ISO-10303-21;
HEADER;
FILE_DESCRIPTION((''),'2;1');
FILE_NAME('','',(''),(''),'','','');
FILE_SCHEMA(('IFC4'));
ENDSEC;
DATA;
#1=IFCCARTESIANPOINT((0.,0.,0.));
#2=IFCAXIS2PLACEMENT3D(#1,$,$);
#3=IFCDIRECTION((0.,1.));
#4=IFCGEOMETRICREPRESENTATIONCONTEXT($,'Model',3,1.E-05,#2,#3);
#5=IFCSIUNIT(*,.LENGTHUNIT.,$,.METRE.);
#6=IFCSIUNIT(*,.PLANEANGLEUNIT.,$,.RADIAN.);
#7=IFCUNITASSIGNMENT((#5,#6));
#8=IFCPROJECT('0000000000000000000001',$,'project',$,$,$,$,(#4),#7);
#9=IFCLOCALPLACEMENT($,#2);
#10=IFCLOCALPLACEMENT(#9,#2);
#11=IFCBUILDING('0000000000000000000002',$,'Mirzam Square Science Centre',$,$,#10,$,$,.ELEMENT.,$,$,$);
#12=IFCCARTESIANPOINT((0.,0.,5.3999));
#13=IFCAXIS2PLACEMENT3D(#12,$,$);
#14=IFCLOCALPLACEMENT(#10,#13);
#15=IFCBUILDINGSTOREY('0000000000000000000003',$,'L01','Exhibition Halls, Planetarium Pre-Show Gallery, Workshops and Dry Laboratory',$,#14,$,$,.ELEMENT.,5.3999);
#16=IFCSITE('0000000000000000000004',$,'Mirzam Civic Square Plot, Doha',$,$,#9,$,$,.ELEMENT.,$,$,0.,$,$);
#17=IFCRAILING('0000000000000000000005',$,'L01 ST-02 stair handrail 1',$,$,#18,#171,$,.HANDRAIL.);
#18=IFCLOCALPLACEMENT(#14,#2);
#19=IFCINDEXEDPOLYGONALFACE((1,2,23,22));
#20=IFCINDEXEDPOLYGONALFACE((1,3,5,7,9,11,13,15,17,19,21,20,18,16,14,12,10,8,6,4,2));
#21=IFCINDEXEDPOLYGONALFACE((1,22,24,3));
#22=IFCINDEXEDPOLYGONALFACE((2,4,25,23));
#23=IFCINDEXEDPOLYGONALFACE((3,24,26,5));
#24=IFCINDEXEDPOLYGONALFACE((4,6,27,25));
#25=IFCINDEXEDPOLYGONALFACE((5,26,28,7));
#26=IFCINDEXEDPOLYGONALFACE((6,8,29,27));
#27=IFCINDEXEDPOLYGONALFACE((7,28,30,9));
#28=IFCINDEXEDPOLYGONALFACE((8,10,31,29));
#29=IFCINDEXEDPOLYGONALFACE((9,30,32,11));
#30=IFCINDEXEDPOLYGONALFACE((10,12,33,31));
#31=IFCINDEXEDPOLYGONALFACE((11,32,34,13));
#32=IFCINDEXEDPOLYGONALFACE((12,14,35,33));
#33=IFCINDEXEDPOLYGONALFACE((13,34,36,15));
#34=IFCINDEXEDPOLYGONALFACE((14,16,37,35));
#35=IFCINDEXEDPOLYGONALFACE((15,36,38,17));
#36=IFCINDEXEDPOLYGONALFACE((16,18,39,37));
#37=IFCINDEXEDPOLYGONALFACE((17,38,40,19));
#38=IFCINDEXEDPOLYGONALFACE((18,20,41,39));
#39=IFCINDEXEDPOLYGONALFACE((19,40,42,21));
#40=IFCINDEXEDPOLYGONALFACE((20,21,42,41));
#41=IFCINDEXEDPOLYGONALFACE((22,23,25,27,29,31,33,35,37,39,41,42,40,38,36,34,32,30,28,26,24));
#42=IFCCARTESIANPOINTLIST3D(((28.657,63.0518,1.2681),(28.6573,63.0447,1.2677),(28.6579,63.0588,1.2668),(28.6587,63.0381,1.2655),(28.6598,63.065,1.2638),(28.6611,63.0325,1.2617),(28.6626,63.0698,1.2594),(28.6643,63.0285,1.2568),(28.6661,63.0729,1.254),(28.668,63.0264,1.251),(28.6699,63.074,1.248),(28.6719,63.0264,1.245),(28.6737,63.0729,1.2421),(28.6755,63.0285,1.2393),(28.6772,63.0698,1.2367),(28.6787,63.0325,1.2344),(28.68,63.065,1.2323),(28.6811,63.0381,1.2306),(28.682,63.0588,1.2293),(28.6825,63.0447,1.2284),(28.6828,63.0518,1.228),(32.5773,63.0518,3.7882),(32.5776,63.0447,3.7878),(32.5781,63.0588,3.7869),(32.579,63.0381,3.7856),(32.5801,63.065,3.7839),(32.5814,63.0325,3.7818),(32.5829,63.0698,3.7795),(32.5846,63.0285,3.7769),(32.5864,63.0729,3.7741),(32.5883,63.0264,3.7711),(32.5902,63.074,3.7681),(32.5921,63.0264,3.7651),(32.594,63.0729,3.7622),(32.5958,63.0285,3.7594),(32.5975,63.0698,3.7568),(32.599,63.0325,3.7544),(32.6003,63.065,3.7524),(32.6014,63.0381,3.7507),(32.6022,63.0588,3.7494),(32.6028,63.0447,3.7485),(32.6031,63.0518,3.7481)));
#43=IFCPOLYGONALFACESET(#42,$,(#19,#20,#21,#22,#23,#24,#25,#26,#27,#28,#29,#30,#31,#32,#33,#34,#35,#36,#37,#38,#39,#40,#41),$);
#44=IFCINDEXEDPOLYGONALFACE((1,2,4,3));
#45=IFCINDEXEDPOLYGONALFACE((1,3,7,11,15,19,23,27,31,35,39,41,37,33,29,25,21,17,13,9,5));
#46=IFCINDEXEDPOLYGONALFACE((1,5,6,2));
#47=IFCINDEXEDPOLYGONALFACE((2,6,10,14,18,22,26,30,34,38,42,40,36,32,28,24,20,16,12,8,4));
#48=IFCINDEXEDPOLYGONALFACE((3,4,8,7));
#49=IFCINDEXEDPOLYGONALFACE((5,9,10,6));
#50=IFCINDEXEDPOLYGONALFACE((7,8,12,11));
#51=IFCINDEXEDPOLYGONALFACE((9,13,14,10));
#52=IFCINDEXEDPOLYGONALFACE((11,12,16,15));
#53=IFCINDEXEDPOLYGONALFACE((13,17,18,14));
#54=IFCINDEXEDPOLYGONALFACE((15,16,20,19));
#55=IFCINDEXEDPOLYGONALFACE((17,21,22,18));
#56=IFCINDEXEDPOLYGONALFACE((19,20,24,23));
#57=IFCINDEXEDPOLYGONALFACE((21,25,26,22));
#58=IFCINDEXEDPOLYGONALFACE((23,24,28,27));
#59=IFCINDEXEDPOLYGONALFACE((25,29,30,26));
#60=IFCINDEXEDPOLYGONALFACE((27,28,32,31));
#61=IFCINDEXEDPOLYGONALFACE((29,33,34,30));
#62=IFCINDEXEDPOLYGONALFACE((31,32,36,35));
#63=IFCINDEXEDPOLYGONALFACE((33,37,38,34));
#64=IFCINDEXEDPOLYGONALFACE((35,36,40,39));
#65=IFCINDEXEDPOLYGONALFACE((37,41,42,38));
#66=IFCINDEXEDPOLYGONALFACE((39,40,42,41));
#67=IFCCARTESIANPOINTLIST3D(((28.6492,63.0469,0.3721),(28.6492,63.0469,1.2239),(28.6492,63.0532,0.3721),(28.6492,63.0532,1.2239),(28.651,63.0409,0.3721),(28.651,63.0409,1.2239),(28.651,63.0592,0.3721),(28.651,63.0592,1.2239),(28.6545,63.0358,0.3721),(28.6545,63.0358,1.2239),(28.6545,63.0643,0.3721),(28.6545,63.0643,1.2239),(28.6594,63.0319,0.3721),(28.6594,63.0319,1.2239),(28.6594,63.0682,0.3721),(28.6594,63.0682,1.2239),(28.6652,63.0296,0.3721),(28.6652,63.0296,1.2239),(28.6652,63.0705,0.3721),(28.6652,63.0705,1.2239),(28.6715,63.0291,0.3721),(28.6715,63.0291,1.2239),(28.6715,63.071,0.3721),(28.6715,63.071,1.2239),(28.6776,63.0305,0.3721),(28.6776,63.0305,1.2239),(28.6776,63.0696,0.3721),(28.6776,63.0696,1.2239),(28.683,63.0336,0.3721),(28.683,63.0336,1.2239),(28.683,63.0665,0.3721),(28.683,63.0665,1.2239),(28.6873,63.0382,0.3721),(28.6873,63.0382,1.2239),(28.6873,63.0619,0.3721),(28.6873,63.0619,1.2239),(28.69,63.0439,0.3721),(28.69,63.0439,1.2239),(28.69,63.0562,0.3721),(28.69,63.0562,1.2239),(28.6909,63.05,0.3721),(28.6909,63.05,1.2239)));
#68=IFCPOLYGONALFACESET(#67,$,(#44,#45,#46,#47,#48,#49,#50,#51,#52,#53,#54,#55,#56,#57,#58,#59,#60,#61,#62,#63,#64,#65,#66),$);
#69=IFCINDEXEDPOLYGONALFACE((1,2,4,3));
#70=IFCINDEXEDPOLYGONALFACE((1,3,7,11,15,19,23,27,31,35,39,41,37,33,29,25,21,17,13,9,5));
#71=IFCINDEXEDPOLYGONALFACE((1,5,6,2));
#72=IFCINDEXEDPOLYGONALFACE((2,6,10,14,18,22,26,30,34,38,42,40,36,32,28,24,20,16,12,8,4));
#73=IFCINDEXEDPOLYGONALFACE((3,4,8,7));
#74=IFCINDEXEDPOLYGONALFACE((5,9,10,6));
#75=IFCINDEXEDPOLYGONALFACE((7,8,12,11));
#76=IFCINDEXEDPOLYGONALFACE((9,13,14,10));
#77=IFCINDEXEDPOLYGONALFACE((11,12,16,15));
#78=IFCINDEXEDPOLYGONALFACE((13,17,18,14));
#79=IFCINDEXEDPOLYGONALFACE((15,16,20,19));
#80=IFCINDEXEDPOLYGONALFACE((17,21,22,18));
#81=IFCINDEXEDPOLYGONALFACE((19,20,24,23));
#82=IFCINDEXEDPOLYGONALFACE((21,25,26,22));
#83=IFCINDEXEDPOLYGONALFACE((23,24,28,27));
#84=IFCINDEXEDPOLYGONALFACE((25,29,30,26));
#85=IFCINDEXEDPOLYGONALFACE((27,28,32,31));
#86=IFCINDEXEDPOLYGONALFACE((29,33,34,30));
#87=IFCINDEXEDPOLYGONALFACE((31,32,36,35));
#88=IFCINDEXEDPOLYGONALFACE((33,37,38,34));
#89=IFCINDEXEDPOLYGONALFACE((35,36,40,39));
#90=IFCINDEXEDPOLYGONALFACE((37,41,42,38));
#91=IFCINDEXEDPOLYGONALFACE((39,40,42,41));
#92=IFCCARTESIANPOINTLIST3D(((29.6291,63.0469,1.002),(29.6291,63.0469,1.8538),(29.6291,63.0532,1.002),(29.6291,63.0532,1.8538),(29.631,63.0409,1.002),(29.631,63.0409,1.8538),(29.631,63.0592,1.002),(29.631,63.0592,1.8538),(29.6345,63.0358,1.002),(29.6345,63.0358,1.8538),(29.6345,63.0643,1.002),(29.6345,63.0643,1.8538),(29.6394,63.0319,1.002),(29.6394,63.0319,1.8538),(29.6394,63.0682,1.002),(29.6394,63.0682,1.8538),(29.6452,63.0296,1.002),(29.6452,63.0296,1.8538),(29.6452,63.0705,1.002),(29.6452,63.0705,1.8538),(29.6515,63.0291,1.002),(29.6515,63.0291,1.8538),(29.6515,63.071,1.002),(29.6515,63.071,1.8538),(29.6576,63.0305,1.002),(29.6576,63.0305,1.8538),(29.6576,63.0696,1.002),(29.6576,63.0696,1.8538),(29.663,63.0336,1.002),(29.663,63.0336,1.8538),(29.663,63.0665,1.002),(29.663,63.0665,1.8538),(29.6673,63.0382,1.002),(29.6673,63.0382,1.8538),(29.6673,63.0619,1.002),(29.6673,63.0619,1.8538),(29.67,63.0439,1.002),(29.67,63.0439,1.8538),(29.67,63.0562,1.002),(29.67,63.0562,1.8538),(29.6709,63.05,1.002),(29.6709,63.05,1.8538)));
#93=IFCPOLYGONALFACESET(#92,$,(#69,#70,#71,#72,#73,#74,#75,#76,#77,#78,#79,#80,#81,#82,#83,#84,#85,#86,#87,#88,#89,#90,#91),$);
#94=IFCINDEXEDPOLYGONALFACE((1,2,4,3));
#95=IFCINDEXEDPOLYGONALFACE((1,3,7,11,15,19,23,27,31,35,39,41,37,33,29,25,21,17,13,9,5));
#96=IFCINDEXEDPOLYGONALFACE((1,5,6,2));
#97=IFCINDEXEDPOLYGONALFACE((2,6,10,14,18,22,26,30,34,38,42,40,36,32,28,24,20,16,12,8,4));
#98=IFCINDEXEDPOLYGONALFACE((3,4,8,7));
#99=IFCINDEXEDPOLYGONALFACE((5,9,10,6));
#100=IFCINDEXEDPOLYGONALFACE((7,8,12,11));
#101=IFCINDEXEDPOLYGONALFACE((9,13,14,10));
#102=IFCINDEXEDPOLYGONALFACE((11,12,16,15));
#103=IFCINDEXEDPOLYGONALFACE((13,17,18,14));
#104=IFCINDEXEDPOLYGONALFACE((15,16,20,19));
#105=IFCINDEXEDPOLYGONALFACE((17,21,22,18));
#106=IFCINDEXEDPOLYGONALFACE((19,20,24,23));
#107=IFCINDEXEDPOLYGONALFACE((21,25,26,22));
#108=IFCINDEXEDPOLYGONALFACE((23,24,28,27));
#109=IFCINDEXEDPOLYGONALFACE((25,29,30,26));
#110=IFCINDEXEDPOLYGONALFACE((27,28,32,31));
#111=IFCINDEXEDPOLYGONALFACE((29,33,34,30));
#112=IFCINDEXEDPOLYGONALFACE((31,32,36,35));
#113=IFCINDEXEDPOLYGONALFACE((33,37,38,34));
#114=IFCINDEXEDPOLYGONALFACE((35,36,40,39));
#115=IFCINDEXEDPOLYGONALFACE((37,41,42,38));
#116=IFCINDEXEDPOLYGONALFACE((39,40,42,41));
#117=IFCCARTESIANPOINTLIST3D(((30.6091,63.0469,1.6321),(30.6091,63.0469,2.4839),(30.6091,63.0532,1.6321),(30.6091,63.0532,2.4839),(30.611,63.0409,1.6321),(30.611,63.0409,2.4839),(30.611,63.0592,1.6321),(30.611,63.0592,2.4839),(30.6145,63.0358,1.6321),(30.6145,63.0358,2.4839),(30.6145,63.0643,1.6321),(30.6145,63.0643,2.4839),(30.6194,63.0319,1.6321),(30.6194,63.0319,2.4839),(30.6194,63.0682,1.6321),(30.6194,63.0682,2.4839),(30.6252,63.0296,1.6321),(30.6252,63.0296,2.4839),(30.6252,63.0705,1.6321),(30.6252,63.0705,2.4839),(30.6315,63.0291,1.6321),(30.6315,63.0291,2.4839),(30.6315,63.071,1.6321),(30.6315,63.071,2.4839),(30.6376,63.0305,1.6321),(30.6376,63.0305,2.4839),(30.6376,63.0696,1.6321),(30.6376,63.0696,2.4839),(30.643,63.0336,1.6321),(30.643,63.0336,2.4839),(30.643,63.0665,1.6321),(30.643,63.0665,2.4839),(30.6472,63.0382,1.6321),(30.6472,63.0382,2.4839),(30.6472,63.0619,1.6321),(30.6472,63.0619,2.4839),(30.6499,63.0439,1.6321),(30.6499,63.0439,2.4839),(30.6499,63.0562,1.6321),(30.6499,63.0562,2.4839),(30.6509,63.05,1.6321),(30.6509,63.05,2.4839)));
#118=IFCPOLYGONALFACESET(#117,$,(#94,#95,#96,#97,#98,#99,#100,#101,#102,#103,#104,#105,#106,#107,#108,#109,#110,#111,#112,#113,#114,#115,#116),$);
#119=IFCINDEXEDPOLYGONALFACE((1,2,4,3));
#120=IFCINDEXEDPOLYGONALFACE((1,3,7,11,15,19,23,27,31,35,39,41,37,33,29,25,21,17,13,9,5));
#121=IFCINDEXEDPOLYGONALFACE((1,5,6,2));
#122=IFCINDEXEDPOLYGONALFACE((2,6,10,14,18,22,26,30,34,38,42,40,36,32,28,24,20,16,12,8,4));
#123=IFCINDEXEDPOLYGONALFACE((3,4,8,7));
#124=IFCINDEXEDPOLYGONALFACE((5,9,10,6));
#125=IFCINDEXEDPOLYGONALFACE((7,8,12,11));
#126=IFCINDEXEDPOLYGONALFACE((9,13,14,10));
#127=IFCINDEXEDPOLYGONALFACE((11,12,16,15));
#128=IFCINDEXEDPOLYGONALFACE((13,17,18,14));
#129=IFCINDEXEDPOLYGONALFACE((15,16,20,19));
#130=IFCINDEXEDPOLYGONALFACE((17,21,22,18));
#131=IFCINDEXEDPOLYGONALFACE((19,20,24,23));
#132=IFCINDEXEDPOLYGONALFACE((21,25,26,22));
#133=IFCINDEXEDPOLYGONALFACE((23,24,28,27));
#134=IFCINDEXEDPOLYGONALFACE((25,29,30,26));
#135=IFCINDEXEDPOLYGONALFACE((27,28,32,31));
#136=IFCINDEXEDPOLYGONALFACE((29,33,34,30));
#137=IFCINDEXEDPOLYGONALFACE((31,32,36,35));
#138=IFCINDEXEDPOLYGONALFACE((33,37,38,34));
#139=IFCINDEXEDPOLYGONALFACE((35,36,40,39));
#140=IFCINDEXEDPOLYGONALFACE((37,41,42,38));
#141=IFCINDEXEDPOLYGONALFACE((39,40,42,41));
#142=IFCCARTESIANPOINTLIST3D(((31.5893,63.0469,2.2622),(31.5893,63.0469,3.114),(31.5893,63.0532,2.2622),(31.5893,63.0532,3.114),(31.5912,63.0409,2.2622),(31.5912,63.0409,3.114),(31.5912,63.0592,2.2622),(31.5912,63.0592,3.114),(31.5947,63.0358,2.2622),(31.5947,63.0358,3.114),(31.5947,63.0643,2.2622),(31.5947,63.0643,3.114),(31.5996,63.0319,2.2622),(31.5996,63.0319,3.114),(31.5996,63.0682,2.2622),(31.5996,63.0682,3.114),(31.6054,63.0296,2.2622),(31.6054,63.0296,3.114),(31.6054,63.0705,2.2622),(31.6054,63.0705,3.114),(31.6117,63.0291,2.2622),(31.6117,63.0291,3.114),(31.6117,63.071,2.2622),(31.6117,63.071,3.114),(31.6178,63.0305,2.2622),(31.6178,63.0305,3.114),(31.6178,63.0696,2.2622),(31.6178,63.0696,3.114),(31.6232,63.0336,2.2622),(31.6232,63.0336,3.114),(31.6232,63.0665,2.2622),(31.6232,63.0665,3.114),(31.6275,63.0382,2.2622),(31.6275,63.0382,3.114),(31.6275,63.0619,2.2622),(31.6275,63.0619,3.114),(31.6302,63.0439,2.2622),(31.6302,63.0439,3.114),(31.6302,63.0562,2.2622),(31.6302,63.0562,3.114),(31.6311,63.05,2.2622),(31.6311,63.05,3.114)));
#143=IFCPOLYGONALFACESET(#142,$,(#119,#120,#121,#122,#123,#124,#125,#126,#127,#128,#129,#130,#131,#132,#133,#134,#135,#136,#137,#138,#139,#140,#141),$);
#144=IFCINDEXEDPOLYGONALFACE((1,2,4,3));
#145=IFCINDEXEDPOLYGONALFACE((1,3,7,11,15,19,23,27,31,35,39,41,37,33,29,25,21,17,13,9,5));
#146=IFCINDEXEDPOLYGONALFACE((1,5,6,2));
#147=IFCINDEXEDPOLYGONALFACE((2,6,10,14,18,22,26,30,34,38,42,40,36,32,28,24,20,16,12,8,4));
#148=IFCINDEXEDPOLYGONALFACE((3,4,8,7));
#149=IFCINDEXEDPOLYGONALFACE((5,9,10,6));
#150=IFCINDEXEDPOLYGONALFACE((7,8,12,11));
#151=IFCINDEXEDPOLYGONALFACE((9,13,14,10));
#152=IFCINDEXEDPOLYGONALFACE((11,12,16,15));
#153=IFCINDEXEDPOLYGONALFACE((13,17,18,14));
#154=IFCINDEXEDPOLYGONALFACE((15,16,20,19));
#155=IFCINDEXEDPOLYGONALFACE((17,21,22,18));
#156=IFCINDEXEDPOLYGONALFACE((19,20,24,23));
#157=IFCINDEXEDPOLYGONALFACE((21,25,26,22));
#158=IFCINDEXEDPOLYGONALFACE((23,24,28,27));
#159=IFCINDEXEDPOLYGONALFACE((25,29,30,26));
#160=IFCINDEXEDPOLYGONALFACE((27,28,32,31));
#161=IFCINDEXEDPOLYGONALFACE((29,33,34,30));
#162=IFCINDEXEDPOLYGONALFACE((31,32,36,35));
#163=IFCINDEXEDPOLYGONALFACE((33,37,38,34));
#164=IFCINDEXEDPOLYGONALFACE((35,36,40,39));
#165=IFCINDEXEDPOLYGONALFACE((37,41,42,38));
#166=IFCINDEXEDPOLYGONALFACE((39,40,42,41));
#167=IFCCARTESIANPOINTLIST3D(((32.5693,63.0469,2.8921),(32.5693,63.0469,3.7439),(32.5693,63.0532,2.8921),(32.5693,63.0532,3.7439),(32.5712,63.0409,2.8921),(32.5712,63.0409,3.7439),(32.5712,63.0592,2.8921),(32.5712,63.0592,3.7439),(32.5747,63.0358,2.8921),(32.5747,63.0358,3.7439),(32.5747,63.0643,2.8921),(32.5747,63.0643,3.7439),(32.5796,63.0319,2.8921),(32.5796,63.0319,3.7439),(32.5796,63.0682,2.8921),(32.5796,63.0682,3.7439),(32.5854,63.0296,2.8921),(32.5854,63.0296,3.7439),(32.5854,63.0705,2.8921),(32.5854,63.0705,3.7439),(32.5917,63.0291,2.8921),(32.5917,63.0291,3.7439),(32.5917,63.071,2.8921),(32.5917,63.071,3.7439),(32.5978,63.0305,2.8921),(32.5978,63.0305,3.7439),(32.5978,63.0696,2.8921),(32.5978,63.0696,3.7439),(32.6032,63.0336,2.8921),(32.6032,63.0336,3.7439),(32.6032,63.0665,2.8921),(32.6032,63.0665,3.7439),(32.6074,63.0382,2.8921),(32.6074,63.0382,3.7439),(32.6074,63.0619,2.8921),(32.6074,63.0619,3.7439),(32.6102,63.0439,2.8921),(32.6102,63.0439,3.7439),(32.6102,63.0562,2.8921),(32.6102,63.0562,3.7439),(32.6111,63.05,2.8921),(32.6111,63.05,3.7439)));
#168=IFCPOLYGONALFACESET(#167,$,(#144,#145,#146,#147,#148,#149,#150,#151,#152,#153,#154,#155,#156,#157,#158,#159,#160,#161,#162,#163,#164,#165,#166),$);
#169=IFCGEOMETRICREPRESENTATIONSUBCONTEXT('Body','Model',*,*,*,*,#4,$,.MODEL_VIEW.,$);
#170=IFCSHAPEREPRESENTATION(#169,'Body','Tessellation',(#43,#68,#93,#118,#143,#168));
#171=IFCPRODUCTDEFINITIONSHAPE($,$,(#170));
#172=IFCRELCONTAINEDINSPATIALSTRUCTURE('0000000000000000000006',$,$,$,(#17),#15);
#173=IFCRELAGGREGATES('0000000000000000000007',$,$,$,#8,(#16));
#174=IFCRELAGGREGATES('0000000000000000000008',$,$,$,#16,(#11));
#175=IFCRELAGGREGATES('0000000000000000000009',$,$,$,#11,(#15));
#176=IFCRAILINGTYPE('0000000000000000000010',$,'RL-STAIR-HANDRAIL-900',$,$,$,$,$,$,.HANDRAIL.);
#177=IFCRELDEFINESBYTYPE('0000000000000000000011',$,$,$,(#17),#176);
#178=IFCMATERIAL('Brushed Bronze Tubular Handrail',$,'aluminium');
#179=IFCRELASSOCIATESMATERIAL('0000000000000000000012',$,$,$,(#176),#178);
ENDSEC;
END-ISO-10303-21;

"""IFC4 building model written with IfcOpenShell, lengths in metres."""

from ifc_helpers import new_model, si_unit, direction, frame, origin, origin_2d, place, context, subcontext, project, spatial, circle, extrude, material, type_object, element, save


model = new_model("IFC4")

# Units and contexts
model_context = context("Model", 3, precision=1e-05, world=origin(), true_north=direction((0.0, 1.0)))
body_context = subcontext(model_context, "Body", "Model", "MODEL_VIEW")
ifc_project = project(units=[si_unit("LENGTHUNIT", "METRE"), si_unit("PLANEANGLEUNIT", "RADIAN")], contexts=[model_context])

# Site, building, storey
site_placement = place(None, origin())
site = spatial("IfcSite", under=ifc_project, at=site_placement, Name="Mirzam Civic Square Plot, Doha", CompositionType="ELEMENT", RefElevation=0.0)
building_placement = place(site_placement, origin())
building = spatial("IfcBuilding", under=site, at=building_placement, Name="Mirzam Square Science Centre", CompositionType="ELEMENT")
storey_placement = place(building_placement, frame((0.0, 0.0, 5.3999)))
storey = spatial("IfcBuildingStorey", under=building, at=storey_placement, Name="L01", Description="Exhibition Halls, Planetarium Pre-Show Gallery, Workshops and Dry Laboratory", CompositionType="ELEMENT", Elevation=5.3999)

# Railing
ifc_material_1 = material(Name="Brushed Bronze Tubular Handrail", Category="aluminium")
railing_type_1 = type_object("IfcRailingType", Name="RL-STAIR-HANDRAIL-900", PredefinedType="HANDRAIL", material=ifc_material_1)
railing_1_placement = place(storey_placement, frame((28.6699, 63.05, 0.3721)))
element("IfcRailing", 1, at=railing_1_placement, inside=storey, type_object=railing_type_1, Name="L01 ST-02 stair handrail 1", PredefinedType="HANDRAIL", context=body_context, shape_type="SweptSolid", body=[
    extrude(circle(Radius=0.0239, at=origin_2d()), frame((0.0, 0.0, 0.876), z_axis=(0.841187, 0.0, 0.540744), x_axis=(0.0, 1.0, 0.0)), (0.0, 0.0, 1.0), 4.6604),
    extrude(circle(Radius=0.021, at=origin_2d()), origin(), (0.0, 0.0, 1.0), 0.8518),
    extrude(circle(Radius=0.021, at=origin_2d()), frame((0.98, 0.0, 0.6299)), (0.0, 0.0, 1.0), 0.8518),
    extrude(circle(Radius=0.021, at=origin_2d()), frame((1.96, 0.0, 1.26)), (0.0, 0.0, 1.0), 0.8518),
    extrude(circle(Radius=0.021, at=origin_2d()), frame((2.9402, 0.0, 1.8901)), (0.0, 0.0, 1.0), 0.8518),
    extrude(circle(Radius=0.021, at=origin_2d()), frame((3.9202, 0.0, 2.52)), (0.0, 0.0, 1.0), 0.8518),
])

save(model, "model.ifc")
